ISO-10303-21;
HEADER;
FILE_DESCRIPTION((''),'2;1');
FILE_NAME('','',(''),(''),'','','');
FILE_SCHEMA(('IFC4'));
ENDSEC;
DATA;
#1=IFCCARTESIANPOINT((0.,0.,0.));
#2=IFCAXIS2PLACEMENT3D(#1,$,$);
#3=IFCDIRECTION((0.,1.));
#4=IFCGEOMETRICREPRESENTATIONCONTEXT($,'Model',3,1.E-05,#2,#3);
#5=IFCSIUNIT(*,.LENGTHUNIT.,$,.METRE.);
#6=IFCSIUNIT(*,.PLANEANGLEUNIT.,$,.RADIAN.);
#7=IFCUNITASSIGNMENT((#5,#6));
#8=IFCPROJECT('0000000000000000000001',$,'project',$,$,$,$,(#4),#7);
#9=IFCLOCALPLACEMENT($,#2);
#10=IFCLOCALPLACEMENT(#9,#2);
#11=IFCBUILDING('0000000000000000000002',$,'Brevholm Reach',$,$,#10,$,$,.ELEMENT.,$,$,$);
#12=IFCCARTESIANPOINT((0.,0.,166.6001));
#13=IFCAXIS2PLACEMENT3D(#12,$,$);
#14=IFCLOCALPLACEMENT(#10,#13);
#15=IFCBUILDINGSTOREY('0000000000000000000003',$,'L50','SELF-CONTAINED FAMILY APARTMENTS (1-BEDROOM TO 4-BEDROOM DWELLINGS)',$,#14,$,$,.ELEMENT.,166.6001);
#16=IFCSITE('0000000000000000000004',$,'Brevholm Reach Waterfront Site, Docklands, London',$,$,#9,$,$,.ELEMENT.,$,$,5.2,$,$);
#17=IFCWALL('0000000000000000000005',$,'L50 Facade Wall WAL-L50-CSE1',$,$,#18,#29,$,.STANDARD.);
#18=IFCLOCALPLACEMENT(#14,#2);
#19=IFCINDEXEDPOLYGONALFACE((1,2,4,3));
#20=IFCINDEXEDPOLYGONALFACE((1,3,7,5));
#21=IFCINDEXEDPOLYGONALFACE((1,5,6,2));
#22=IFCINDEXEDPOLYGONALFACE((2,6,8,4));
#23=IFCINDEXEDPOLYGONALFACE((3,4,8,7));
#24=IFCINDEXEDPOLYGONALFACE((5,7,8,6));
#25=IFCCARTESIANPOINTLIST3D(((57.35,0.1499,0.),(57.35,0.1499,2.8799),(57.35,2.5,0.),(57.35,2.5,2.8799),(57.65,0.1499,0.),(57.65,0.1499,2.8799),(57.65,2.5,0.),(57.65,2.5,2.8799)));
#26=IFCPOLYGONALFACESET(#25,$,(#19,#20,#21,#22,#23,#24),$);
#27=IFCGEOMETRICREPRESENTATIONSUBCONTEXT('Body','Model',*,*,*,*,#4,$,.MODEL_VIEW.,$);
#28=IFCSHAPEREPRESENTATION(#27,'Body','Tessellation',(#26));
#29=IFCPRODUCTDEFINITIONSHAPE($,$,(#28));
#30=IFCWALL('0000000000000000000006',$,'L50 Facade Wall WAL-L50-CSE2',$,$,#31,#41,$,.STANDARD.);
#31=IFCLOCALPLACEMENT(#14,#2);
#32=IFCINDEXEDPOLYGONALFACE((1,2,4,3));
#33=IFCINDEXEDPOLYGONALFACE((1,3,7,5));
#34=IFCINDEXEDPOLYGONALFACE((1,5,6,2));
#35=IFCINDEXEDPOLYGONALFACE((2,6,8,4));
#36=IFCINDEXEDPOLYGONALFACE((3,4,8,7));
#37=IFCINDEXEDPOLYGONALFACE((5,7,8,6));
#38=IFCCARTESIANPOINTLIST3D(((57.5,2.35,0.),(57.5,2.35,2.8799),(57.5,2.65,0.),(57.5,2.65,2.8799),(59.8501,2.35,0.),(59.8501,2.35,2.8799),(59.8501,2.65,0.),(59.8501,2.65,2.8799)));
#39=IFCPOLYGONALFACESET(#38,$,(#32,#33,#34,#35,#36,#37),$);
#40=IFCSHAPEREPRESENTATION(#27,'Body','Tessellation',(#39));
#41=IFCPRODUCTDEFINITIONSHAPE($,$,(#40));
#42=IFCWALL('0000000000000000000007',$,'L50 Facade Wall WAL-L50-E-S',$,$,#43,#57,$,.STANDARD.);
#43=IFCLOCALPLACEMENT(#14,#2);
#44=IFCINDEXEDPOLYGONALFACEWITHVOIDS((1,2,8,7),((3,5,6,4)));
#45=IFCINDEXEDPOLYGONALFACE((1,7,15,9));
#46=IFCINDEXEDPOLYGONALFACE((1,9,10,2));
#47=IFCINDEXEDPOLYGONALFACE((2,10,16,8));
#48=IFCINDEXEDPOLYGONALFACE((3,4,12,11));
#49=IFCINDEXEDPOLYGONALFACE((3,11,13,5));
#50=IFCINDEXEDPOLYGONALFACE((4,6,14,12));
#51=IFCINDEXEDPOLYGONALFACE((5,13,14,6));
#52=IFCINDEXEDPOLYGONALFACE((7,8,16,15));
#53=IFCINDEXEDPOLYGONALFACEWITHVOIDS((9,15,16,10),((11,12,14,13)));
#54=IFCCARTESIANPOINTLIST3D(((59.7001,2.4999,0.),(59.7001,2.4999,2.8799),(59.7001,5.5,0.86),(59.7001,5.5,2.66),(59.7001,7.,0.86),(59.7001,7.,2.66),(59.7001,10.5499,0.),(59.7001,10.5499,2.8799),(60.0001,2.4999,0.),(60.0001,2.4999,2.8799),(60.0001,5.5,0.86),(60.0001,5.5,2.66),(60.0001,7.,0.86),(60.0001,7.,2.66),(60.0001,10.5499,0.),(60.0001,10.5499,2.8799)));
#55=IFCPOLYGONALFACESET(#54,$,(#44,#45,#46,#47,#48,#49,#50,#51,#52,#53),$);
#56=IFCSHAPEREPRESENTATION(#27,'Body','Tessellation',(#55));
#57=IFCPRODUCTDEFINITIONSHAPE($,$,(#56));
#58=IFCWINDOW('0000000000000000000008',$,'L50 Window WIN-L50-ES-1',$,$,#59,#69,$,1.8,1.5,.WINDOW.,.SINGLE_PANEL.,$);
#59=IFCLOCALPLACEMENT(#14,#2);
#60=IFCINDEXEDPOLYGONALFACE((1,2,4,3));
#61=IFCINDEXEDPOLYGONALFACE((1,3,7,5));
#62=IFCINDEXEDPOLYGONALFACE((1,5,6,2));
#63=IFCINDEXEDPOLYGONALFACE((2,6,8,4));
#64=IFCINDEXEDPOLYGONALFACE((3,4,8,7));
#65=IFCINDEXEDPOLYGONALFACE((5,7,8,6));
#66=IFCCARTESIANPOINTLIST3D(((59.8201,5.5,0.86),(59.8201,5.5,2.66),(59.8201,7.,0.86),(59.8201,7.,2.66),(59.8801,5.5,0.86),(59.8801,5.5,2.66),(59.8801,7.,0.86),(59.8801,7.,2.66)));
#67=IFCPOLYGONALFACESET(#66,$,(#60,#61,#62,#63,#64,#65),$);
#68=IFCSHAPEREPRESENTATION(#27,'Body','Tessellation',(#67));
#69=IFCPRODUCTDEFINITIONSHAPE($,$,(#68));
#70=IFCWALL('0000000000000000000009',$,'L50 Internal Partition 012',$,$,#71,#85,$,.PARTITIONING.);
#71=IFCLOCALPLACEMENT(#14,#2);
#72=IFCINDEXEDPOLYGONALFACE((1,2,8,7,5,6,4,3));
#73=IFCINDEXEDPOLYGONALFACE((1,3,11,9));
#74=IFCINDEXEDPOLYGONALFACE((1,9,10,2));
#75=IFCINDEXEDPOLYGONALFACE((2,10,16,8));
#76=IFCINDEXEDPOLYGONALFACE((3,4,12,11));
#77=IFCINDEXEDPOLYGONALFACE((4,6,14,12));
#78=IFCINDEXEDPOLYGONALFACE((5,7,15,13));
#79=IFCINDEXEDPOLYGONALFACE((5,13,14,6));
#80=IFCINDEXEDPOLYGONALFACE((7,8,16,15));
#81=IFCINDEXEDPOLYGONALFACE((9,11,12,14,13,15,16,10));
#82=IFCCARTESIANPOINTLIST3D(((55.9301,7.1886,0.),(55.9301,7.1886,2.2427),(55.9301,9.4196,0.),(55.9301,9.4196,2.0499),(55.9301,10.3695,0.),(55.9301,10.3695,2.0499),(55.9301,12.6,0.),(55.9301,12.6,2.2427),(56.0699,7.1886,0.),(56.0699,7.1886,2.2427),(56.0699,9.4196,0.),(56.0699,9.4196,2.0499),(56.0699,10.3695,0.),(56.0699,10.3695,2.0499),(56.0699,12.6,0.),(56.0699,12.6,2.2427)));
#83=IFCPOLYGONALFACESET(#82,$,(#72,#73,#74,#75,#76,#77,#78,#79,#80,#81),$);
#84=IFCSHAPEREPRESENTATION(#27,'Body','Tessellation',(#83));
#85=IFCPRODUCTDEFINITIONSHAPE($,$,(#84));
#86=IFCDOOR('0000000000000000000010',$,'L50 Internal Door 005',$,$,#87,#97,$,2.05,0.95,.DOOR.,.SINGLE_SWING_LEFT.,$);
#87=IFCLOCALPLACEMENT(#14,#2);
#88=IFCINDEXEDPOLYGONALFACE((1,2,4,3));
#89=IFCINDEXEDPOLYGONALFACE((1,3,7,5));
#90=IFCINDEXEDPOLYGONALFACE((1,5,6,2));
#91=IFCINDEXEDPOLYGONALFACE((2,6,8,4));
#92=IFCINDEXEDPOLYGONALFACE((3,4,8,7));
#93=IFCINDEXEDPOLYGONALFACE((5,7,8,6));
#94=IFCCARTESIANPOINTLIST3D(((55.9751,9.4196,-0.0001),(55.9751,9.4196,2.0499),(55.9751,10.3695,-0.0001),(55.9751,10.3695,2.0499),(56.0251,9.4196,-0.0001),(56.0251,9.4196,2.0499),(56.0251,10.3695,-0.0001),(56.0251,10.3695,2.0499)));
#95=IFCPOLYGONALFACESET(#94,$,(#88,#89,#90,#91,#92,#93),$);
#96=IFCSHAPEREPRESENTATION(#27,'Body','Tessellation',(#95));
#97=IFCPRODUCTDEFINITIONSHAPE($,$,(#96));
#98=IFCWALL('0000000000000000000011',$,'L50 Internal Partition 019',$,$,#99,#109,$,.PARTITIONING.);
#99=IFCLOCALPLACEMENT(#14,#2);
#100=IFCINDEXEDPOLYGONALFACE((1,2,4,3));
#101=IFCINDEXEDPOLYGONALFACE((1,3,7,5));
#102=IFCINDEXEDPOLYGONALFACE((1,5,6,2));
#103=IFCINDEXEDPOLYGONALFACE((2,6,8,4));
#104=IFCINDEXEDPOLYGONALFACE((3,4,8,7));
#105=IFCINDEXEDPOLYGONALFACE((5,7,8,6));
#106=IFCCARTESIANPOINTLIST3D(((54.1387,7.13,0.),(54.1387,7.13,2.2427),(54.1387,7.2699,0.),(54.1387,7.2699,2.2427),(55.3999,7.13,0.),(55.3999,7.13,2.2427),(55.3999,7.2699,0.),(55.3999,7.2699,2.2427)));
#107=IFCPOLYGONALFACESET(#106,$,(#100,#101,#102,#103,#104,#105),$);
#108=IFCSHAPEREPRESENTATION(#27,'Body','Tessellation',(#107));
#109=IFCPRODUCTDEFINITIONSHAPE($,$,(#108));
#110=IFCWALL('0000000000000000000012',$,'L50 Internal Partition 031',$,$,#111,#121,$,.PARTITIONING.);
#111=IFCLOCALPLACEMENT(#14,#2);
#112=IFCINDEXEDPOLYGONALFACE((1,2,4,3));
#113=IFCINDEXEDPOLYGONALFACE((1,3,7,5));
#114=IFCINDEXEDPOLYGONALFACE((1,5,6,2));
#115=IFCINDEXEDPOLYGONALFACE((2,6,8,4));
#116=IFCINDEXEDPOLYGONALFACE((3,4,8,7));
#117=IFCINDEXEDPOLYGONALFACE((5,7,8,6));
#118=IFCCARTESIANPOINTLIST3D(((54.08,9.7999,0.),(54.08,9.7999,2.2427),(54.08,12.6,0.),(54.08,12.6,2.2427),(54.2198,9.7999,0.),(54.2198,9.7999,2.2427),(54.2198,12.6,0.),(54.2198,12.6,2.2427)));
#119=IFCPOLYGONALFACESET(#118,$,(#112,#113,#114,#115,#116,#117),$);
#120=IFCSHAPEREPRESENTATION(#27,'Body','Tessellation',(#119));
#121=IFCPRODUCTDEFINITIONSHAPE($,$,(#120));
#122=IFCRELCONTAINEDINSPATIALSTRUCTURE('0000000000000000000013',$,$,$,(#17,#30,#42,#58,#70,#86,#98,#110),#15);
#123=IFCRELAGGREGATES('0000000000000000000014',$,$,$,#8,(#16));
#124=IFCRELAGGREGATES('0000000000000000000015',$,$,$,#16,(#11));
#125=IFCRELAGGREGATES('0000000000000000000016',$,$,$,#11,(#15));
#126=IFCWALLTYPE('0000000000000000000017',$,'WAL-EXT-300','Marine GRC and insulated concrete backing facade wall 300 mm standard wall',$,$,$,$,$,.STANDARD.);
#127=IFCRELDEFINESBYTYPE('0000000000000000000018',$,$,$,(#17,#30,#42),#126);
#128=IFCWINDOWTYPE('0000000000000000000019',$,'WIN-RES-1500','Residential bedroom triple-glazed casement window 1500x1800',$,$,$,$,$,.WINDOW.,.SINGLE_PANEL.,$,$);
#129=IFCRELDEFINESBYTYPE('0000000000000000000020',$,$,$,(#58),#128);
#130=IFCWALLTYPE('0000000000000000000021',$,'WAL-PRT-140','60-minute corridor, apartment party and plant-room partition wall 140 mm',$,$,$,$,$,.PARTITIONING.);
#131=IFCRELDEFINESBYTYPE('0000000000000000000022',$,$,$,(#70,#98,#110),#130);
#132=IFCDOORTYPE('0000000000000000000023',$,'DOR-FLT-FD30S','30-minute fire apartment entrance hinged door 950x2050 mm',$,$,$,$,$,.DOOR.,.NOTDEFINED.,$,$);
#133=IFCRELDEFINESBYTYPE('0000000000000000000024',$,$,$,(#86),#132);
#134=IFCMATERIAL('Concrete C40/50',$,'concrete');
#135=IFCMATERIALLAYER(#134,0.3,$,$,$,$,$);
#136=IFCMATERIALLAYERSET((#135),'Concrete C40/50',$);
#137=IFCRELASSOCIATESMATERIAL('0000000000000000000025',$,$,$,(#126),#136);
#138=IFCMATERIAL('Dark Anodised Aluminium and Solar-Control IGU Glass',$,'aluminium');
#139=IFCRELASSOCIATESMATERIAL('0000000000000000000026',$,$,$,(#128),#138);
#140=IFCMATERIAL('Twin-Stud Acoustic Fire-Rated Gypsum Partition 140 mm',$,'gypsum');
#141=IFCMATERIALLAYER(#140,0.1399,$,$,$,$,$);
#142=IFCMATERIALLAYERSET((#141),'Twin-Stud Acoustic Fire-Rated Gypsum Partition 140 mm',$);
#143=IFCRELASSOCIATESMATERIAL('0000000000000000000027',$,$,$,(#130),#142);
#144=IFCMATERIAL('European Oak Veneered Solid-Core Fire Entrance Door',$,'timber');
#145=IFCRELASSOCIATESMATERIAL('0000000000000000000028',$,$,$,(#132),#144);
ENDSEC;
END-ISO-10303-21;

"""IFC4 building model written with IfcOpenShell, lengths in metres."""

from ifc_helpers import new_model, si_unit, direction, frame, frame_2d, origin, place, context, subcontext, project, spatial, rectangle, extrude, material, layer, layer_set, type_object, element, fill, save


model = new_model("IFC4")

# Units and contexts
model_context = context("Model", 3, precision=1e-05, world=origin(), true_north=direction((0.0, 1.0)))
body_context = subcontext(model_context, "Body", "Model", "MODEL_VIEW")
ifc_project = project(units=[si_unit("LENGTHUNIT", "METRE"), si_unit("PLANEANGLEUNIT", "RADIAN")], contexts=[model_context])

# Site, building, storey
site_placement = place(None, origin())
site = spatial("IfcSite", under=ifc_project, at=site_placement, Name="Brevholm Reach Waterfront Site, Docklands, London", CompositionType="ELEMENT", RefElevation=5.2)
building_placement = place(site_placement, origin())
building = spatial("IfcBuilding", under=site, at=building_placement, Name="Brevholm Reach", CompositionType="ELEMENT")
storey_placement = place(building_placement, frame((0.0, 0.0, 166.6001)))
storey = spatial("IfcBuildingStorey", under=building, at=storey_placement, Name="L50", Description="SELF-CONTAINED FAMILY APARTMENTS (1-BEDROOM TO 4-BEDROOM DWELLINGS)", CompositionType="ELEMENT", Elevation=166.6001)

# Walls
ifc_material_1 = material(Name="Concrete C40/50", Category="concrete")
ifc_layer_1 = layer(ifc_material_1, 0.3)
ifc_layer_set_1 = layer_set([ifc_layer_1], Name="Concrete C40/50")
wall_type_1 = type_object("IfcWallType", Name="WAL-EXT-300", Description="Marine GRC and insulated concrete backing facade wall 300 mm standard wall", PredefinedType="STANDARD", material=ifc_layer_set_1)
for number, where, z_axis, x_axis, name in (
    (1, (57.5, 0.1499, 0.0), (0.0, 0.0, 1.0), (0.0, 1.0, 0.0), "L50 Facade Wall WAL-L50-CSE1"),
    (2, (57.5, 2.5, 0.0), (0.0, 0.0, 1.0), (1.0, 0.0, 0.0), "L50 Facade Wall WAL-L50-CSE2"),
):
    element("IfcWall", number, at=place(storey_placement, frame(where, z_axis=z_axis, x_axis=x_axis)), inside=storey, type_object=wall_type_1, Name=name, PredefinedType="STANDARD", context=body_context, shape_type="SweptSolid", body=[
        extrude(rectangle(XDim=2.3501, YDim=0.3, at=frame_2d((1.175, 0.0))), origin(), (0.0, 0.0, 1.0), 2.8799),
    ])

# Wall, opening, window
wall_1_placement = place(storey_placement, frame((59.8501, 2.5, 0.0), z_axis=(0.0, 0.0, 1.0), x_axis=(0.0, 1.0, 0.0)))
wall_1 = element("IfcWall", 3, at=wall_1_placement, inside=storey, type_object=wall_type_1, Name="L50 Facade Wall WAL-L50-E-S", PredefinedType="STANDARD", context=body_context, shape_type="SweptSolid", body=[
    extrude(rectangle(XDim=8.05, YDim=0.3, at=frame_2d((4.0249, 0.0))), origin(), (0.0, 0.0, 1.0), 2.8799),
])
opening_1_placement = place(wall_1_placement, frame((3.0, 0.0, 0.8601)))
opening_1 = element("IfcOpeningElement", 4, at=opening_1_placement, cuts=wall_1, PredefinedType="OPENING", context=body_context, shape_type="SweptSolid", body=[
    extrude(rectangle(XDim=1.5, YDim=1.8, at=frame_2d((0.75, 0.8999))), frame((0.0, 0.1599, 0.0), z_axis=(0.0, -1.0, 0.0), x_axis=(1.0, 0.0, 0.0)), (0.0, 0.0, 1.0), 0.3201),
])
ifc_material_2 = material(Name="Dark Anodised Aluminium and Solar-Control IGU Glass", Category="aluminium")
window_type = type_object("IfcWindowType", Name="WIN-RES-1500", Description="Residential bedroom triple-glazed casement window 1500x1800", PartitioningType="SINGLE_PANEL", PredefinedType="WINDOW", material=ifc_material_2)
window_placement = place(opening_1_placement, origin())
window = element("IfcWindow", 5, at=window_placement, inside=storey, type_object=window_type, Name="L50 Window WIN-L50-ES-1", OverallHeight=1.8, OverallWidth=1.5, PartitioningType="SINGLE_PANEL", PredefinedType="WINDOW", context=body_context, shape_type="SweptSolid", body=[
    extrude(rectangle(XDim=1.5, YDim=1.8, at=frame_2d((0.75, 0.8999))), frame((0.0, 0.03, 0.0), z_axis=(0.0, -1.0, 0.0), x_axis=(1.0, 0.0, 0.0)), (0.0, 0.0, 1.0), 0.0601),
])
fill(opening_1, window)

# Wall, opening, door
ifc_material_3 = material(Name="Twin-Stud Acoustic Fire-Rated Gypsum Partition 140 mm", Category="gypsum")
ifc_layer_2 = layer(ifc_material_3, 0.1399)
ifc_layer_set_2 = layer_set([ifc_layer_2], Name="Twin-Stud Acoustic Fire-Rated Gypsum Partition 140 mm")
wall_type_2 = type_object("IfcWallType", Name="WAL-PRT-140", Description="60-minute corridor, apartment party and plant-room partition wall 140 mm", PredefinedType="PARTITIONING", material=ifc_layer_set_2)
wall_2_placement = place(storey_placement, frame((56.0, 7.1887, 0.0), z_axis=(0.0, 0.0, 1.0), x_axis=(0.0, 1.0, 0.0)))
wall_2 = element("IfcWall", 6, at=wall_2_placement, inside=storey, type_object=wall_type_2, Name="L50 Internal Partition 012", PredefinedType="PARTITIONING", context=body_context, shape_type="SweptSolid", body=[
    extrude(rectangle(XDim=5.4114, YDim=0.1399, at=frame_2d((2.7056, 0.0))), origin(), (0.0, 0.0, 1.0), 2.2427),
])
opening_2_placement = place(wall_2_placement, frame((2.2307, 0.0, 0.0)))
opening_2 = element("IfcOpeningElement", 7, at=opening_2_placement, cuts=wall_2, PredefinedType="OPENING", context=body_context, shape_type="SweptSolid", body=[
    extrude(rectangle(XDim=0.95, YDim=2.05, at=frame_2d((0.4751, 1.0249))), frame((0.0, 0.0798, 0.0), z_axis=(0.0, -1.0, 0.0), x_axis=(1.0, 0.0, 0.0)), (0.0, 0.0, 1.0), 0.1599),
])
ifc_material_4 = material(Name="European Oak Veneered Solid-Core Fire Entrance Door", Category="timber")
door_type = type_object("IfcDoorType", Name="DOR-FLT-FD30S", Description="30-minute fire apartment entrance hinged door 950x2050 mm", OperationType="NOTDEFINED", PredefinedType="DOOR", material=ifc_material_4)
door_placement = place(opening_2_placement, origin())
door = element("IfcDoor", 8, at=door_placement, inside=storey, type_object=door_type, Name="L50 Internal Door 005", OperationType="SINGLE_SWING_LEFT", OverallHeight=2.05, OverallWidth=0.95, PredefinedType="DOOR", context=body_context, shape_type="SweptSolid", body=[
    extrude(rectangle(XDim=0.95, YDim=2.05, at=frame_2d((0.4751, 1.0249))), frame((0.0, 0.0249, 0.0), z_axis=(0.0, -1.0, 0.0), x_axis=(1.0, 0.0, 0.0)), (0.0, 0.0, 1.0), 0.05),
])
fill(opening_2, door)

# Walls
wall_3_placement = place(storey_placement, frame((54.1387, 7.2, 0.0), z_axis=(0.0, 0.0, 1.0), x_axis=(1.0, 0.0, 0.0)))
element("IfcWall", 9, at=wall_3_placement, inside=storey, type_object=wall_type_2, Name="L50 Internal Partition 019", PredefinedType="PARTITIONING", context=body_context, shape_type="SweptSolid", body=[
    extrude(rectangle(XDim=1.2612, YDim=0.1399, at=frame_2d((0.6306, 0.0))), origin(), (0.0, 0.0, 1.0), 2.2427),
])
wall_4_placement = place(storey_placement, frame((54.1499, 9.8, 0.0), z_axis=(0.0, 0.0, 1.0), x_axis=(0.0, 1.0, 0.0)))
element("IfcWall", 10, at=wall_4_placement, inside=storey, type_object=wall_type_2, Name="L50 Internal Partition 031", PredefinedType="PARTITIONING", context=body_context, shape_type="SweptSolid", body=[
    extrude(rectangle(XDim=2.8, YDim=0.1399, at=frame_2d((1.3999, 0.0))), origin(), (0.0, 0.0, 1.0), 2.2427),
])

save(model, "model.ifc")
